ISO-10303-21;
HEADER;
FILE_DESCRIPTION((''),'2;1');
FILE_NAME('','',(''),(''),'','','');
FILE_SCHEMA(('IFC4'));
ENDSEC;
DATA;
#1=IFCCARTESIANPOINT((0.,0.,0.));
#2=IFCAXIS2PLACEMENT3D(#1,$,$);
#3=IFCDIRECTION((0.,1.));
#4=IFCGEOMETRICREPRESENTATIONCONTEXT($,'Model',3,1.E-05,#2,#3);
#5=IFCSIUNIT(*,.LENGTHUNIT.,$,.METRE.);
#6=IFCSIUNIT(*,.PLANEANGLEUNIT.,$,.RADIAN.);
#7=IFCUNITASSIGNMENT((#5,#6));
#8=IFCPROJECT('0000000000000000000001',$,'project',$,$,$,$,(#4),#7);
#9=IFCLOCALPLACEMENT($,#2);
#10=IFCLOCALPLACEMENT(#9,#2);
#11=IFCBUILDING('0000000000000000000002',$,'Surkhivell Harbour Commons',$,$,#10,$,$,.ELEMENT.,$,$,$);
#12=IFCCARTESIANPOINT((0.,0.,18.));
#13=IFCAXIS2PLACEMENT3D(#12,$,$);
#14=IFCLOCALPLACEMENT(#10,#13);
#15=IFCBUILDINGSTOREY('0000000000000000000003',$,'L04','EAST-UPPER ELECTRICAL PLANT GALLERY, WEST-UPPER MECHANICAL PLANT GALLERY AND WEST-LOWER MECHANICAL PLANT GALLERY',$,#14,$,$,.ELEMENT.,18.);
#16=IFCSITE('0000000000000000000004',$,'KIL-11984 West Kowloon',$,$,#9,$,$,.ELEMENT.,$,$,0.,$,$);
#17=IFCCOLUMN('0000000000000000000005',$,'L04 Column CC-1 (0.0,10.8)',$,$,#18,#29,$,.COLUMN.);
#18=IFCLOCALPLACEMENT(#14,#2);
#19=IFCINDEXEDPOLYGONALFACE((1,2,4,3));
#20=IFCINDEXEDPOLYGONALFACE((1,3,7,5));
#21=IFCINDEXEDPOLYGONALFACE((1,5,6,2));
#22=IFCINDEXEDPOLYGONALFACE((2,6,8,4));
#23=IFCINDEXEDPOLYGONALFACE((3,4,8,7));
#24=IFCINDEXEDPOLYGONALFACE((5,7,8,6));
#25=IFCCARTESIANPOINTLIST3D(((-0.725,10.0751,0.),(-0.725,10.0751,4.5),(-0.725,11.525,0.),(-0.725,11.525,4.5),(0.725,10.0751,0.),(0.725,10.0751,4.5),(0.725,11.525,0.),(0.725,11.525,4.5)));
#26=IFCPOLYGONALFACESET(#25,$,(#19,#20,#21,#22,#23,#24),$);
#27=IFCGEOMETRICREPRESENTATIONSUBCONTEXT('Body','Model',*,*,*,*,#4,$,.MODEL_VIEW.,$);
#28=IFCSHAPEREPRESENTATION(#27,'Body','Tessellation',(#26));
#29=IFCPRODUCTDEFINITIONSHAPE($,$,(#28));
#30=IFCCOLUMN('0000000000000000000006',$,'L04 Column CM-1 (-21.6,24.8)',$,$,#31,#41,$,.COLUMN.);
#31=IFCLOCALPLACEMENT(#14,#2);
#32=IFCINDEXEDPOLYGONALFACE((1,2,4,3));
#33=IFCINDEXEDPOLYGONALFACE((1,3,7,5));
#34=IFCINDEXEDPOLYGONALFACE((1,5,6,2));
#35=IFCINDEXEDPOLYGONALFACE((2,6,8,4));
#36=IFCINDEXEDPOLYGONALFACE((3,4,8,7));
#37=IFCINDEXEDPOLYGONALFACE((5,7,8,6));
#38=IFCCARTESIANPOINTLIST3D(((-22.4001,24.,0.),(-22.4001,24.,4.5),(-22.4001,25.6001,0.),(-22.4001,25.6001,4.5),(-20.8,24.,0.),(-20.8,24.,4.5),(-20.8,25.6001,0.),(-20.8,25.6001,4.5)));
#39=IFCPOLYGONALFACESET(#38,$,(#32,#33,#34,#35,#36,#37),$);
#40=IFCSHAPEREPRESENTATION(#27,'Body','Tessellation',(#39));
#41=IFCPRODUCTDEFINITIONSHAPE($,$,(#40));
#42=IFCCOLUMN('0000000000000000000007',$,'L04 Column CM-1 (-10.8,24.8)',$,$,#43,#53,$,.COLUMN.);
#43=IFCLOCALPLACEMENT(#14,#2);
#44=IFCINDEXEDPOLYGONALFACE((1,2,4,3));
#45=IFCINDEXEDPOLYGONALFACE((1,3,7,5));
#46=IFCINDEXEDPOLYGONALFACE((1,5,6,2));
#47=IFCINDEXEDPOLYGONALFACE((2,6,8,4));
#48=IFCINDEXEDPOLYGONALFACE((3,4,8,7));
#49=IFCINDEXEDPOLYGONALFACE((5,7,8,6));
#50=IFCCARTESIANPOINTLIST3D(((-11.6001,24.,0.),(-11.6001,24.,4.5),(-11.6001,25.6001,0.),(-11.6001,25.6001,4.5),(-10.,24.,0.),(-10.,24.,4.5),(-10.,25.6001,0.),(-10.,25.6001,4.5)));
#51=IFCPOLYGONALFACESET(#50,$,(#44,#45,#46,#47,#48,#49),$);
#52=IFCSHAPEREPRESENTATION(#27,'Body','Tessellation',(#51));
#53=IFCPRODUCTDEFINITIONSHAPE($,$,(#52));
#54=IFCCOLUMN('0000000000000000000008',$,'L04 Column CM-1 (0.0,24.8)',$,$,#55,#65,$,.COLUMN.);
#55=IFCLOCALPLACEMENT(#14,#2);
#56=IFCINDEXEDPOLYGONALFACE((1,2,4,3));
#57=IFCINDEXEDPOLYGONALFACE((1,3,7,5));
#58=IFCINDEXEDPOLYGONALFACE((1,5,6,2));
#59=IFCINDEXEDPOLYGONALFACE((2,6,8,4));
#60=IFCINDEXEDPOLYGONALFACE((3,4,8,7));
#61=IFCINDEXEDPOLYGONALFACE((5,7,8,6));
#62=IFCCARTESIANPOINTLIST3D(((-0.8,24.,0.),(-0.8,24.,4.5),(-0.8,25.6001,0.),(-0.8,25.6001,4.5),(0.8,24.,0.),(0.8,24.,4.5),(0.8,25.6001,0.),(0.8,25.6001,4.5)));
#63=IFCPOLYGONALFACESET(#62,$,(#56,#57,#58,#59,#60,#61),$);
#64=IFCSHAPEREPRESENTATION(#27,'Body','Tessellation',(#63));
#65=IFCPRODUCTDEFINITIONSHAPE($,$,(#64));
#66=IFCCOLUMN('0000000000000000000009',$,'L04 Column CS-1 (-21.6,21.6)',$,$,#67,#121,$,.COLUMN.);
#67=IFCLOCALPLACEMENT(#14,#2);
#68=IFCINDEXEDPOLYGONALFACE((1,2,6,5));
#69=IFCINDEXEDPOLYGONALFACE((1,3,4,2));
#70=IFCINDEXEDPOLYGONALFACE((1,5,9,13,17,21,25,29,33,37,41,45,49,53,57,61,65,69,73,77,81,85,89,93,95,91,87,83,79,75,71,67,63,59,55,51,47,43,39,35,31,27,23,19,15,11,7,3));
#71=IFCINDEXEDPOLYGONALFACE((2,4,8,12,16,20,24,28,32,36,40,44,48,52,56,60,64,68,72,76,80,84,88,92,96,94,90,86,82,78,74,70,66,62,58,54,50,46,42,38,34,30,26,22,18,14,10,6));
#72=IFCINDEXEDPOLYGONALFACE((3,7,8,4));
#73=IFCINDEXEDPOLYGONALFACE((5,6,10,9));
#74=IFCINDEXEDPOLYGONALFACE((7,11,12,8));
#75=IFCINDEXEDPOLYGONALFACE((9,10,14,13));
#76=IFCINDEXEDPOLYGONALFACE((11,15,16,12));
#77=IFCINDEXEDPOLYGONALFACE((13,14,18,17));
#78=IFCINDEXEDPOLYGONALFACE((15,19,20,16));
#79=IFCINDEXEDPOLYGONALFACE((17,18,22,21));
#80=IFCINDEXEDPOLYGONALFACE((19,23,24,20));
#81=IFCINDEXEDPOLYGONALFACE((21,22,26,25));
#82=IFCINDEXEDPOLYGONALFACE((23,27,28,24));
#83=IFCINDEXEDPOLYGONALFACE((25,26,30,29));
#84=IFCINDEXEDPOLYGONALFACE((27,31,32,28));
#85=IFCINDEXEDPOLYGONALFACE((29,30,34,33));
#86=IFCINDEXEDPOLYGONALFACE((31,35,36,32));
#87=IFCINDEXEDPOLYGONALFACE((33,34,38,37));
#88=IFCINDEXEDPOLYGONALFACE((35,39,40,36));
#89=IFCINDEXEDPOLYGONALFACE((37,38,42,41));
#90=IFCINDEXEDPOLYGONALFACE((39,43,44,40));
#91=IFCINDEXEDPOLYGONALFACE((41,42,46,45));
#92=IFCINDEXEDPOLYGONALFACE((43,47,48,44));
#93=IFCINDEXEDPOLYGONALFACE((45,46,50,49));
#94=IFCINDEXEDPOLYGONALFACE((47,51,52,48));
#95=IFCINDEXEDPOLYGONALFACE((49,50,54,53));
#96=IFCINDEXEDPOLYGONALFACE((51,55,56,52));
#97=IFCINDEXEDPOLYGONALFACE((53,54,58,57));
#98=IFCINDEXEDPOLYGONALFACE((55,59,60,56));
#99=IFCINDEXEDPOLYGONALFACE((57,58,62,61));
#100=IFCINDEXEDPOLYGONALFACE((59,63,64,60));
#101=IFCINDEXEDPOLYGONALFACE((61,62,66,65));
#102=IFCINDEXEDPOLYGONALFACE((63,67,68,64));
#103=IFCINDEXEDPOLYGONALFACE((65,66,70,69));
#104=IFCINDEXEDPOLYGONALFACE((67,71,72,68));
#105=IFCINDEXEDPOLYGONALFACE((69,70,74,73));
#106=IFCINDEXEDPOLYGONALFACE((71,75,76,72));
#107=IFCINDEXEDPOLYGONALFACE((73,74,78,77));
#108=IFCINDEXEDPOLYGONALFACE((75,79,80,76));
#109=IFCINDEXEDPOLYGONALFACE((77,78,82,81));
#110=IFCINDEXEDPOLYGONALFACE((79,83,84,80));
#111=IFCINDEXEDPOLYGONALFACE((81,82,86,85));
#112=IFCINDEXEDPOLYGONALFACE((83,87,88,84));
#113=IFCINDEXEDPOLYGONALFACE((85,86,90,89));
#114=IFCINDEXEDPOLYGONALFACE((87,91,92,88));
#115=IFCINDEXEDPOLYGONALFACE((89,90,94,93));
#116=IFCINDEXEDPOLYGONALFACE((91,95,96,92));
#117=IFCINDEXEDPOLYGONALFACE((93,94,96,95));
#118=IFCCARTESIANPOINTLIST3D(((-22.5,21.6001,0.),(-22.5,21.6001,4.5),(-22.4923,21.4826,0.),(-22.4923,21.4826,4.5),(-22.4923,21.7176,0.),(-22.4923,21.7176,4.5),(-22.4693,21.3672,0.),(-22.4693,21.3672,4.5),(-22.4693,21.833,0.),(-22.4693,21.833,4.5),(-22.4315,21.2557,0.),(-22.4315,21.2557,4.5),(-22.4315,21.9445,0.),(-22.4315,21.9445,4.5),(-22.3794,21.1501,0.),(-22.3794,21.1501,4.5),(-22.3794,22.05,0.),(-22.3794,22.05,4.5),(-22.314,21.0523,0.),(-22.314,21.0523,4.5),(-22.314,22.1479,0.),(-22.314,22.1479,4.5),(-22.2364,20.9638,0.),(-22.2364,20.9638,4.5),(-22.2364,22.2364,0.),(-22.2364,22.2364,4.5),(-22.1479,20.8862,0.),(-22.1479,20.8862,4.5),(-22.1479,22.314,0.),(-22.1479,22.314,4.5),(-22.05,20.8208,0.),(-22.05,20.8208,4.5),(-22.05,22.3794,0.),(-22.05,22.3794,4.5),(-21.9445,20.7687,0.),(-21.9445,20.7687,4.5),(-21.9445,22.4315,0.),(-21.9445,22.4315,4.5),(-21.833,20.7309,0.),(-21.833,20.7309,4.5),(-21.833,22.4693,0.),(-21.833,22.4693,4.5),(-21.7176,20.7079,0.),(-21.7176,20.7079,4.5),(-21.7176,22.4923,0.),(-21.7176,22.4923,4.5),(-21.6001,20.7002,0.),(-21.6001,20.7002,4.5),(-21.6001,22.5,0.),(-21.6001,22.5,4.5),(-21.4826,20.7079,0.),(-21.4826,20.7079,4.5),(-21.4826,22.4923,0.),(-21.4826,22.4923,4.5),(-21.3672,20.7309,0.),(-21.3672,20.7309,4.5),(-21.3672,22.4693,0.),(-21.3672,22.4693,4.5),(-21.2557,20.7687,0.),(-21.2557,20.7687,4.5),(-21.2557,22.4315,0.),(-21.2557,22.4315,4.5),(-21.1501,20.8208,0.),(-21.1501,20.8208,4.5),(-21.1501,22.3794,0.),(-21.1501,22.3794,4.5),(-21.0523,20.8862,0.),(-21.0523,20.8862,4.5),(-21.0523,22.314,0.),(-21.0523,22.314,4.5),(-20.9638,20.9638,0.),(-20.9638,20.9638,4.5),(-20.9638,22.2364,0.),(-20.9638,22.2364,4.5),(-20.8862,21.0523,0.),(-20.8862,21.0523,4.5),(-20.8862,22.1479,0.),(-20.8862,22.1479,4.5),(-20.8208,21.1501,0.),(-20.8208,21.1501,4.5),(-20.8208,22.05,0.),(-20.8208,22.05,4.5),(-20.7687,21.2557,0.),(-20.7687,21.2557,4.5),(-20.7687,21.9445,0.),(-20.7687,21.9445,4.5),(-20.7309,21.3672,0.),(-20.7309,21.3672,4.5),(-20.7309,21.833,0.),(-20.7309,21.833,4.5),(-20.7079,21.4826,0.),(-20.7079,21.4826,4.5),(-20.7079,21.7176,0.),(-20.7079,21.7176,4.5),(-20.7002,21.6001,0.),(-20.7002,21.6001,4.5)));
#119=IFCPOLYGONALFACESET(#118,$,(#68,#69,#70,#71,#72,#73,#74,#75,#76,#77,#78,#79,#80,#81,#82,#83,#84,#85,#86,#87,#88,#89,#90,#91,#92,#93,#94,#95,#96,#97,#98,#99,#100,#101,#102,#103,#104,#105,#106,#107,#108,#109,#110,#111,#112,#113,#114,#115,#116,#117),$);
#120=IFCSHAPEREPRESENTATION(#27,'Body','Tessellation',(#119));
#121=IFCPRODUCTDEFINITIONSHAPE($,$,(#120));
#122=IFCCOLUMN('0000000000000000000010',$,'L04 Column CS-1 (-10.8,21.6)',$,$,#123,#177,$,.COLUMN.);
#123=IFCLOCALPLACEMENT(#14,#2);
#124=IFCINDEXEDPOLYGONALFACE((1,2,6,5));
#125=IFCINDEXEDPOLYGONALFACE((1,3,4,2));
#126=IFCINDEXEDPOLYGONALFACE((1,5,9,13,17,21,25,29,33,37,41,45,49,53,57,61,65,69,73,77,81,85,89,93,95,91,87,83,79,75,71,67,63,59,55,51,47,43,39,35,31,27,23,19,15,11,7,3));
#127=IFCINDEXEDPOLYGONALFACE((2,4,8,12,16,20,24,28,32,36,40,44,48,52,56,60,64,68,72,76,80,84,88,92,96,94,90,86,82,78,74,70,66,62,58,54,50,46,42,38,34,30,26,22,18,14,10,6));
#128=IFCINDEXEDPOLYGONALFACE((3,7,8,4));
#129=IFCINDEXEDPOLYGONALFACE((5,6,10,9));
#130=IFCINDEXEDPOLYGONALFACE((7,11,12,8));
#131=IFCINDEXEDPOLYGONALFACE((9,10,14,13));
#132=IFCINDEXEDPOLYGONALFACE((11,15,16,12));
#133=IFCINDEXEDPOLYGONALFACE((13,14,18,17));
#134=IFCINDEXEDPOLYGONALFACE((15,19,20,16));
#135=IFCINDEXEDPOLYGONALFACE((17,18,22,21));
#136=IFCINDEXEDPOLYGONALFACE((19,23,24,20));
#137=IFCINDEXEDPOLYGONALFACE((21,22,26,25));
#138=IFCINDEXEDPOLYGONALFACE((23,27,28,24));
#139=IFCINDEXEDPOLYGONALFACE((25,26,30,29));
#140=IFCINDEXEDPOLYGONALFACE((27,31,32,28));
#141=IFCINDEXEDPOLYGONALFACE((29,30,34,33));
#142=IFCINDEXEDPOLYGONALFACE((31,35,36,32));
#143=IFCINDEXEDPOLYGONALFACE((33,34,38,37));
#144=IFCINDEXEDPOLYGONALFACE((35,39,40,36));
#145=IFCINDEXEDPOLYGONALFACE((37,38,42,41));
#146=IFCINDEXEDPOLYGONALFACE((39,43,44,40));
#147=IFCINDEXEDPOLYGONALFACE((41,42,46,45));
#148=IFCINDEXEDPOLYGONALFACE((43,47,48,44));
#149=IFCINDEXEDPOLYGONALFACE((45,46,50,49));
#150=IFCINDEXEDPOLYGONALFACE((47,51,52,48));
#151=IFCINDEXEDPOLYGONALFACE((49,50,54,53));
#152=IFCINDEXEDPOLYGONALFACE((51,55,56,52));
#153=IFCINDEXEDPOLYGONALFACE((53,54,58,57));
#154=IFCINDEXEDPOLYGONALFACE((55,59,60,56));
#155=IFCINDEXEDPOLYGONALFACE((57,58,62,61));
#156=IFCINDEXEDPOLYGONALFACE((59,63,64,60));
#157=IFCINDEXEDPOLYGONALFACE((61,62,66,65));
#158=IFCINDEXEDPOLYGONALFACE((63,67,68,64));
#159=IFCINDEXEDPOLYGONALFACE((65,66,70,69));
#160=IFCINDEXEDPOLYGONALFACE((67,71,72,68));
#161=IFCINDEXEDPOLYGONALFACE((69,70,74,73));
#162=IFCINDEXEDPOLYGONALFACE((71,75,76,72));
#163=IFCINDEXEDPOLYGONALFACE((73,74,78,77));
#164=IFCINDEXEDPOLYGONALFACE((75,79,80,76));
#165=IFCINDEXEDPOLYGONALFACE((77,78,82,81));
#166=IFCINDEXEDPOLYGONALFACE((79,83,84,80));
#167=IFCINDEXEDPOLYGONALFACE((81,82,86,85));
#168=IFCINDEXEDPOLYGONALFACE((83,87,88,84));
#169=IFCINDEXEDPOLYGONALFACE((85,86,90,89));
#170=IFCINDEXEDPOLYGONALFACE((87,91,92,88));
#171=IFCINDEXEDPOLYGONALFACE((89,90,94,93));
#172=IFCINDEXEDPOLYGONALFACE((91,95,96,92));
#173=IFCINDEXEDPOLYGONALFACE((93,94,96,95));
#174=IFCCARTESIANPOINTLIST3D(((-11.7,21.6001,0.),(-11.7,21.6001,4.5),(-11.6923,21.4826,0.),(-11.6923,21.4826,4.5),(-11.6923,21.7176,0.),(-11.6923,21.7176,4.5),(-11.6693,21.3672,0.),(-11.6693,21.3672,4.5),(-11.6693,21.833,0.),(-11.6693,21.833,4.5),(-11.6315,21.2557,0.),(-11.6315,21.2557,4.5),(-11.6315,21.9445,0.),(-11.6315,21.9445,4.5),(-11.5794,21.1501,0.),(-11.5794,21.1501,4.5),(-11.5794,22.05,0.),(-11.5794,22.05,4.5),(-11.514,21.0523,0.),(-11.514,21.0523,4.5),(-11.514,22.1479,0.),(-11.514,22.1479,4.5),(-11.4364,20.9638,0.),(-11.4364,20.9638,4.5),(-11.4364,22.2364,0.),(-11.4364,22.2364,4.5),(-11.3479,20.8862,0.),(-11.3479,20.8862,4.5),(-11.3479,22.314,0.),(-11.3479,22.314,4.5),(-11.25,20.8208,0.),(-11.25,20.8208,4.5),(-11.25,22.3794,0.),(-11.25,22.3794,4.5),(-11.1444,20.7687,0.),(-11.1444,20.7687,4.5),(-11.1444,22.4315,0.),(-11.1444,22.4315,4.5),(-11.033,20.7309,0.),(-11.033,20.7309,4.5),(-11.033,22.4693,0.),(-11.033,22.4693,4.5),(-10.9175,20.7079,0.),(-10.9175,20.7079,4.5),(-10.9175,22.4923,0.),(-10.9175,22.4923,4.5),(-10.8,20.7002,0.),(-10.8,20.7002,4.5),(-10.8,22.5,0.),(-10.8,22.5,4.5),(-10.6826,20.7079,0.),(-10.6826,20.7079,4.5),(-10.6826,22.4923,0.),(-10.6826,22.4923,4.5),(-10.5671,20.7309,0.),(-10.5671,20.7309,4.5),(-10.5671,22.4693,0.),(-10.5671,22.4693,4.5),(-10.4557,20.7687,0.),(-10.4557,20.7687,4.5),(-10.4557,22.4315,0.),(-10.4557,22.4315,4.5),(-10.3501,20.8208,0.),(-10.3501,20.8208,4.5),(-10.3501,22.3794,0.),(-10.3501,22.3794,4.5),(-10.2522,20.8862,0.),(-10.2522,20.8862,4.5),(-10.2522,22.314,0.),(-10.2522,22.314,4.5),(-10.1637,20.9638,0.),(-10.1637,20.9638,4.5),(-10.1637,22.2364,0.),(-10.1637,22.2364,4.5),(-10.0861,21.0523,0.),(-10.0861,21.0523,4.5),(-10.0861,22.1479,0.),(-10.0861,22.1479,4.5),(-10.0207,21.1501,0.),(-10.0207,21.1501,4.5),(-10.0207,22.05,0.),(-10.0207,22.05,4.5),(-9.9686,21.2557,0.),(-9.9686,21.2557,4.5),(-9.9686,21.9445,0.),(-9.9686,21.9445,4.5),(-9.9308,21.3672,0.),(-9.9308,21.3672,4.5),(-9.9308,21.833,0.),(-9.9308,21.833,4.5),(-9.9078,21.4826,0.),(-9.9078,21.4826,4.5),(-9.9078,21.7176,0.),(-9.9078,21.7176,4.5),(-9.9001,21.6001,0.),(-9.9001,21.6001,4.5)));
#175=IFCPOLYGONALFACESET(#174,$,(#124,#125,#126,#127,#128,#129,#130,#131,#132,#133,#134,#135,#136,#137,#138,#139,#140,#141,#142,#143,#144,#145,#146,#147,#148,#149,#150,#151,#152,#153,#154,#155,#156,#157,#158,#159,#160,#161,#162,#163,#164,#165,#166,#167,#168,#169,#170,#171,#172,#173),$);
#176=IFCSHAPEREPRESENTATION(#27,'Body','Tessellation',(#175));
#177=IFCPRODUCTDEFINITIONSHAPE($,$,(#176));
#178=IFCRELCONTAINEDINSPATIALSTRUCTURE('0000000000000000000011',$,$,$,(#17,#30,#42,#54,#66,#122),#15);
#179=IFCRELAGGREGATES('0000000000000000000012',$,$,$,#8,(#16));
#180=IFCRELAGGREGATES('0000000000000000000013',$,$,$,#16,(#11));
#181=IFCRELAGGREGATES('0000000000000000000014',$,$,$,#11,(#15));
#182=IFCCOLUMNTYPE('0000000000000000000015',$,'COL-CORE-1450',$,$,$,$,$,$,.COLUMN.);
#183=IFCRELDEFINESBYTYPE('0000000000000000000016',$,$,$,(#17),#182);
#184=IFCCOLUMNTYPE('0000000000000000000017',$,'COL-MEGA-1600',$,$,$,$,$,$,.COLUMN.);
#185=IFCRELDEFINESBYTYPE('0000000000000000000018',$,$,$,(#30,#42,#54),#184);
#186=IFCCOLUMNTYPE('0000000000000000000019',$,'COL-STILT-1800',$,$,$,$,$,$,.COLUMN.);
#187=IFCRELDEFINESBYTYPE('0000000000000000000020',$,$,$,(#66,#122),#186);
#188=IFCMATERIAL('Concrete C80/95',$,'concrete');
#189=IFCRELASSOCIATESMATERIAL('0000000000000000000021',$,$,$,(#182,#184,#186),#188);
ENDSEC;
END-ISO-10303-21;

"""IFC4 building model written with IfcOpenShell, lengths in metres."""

from ifc_helpers import new_model, si_unit, direction, frame, origin, origin_2d, place, context, subcontext, project, spatial, rectangle, circle, extrude, material, material_profile, profile_set, type_object, element, save


model = new_model("IFC4")

# Units and contexts
model_context = context("Model", 3, precision=1e-05, world=origin(), true_north=direction((0.0, 1.0)))
body_context = subcontext(model_context, "Body", "Model", "MODEL_VIEW")
ifc_project = project(units=[si_unit("LENGTHUNIT", "METRE"), si_unit("PLANEANGLEUNIT", "RADIAN")], contexts=[model_context])

# Site, building, storey
site_placement = place(None, origin())
site = spatial("IfcSite", under=ifc_project, at=site_placement, Name="KIL-11984 West Kowloon", CompositionType="ELEMENT", RefElevation=0.0)
building_placement = place(site_placement, origin())
building = spatial("IfcBuilding", under=site, at=building_placement, Name="Surkhivell Harbour Commons", CompositionType="ELEMENT")
storey_placement = place(building_placement, frame((0.0, 0.0, 18.0)))
storey = spatial("IfcBuildingStorey", under=building, at=storey_placement, Name="L04", Description="EAST-UPPER ELECTRICAL PLANT GALLERY, WEST-UPPER MECHANICAL PLANT GALLERY AND WEST-LOWER MECHANICAL PLANT GALLERY", CompositionType="ELEMENT", Elevation=18.0)

# Columns
ifc_material_1 = material(Name="Concrete C80/95", Category="concrete")
ifc_material_profile_1 = material_profile(ifc_material_1, rectangle(XDim=1.45, YDim=1.45, at=origin_2d()), Name="RC-COL-1450x1450")
ifc_profile_set_1 = profile_set([ifc_material_profile_1], Name="Concrete C80/95")
column_type_1 = type_object("IfcColumnType", Name="COL-CORE-1450", PredefinedType="COLUMN", material=ifc_profile_set_1)
column_placement = place(storey_placement, frame((0.0, 10.8, 0.0), z_axis=(0.0, 0.0, 1.0), x_axis=(1.0, 0.0, 0.0)))
element("IfcColumn", 1, at=column_placement, inside=storey, type_object=column_type_1, Name="L04 Column CC-1 (0.0,10.8)", PredefinedType="COLUMN", context=body_context, shape_type="SweptSolid", body=[
    extrude(rectangle(XDim=1.45, YDim=1.45, at=origin_2d()), origin(), (0.0, 0.0, 1.0), 4.5),
])
ifc_material_profile_2 = material_profile(ifc_material_1, rectangle(XDim=1.6001, YDim=1.6001, at=origin_2d()), Name="RC-COL-1600x1600")
ifc_profile_set_2 = profile_set([ifc_material_profile_2], Name="Concrete C80/95")
column_type_2 = type_object("IfcColumnType", Name="COL-MEGA-1600", PredefinedType="COLUMN", material=ifc_profile_set_2)
for number, where, z_axis, x_axis, name in (
    (2, (-21.6001, 24.8, 0.0), (0.0, 0.0, 1.0), (1.0, 0.0, 0.0), "L04 Column CM-1 (-21.6,24.8)"),
    (3, (-10.8, 24.8, 0.0), (0.0, 0.0, 1.0), (1.0, 0.0, 0.0), "L04 Column CM-1 (-10.8,24.8)"),
    (4, (0.0, 24.8, 0.0), (0.0, 0.0, 1.0), (1.0, 0.0, 0.0), "L04 Column CM-1 (0.0,24.8)"),
):
    element("IfcColumn", number, at=place(storey_placement, frame(where, z_axis=z_axis, x_axis=x_axis)), inside=storey, type_object=column_type_2, Name=name, PredefinedType="COLUMN", context=body_context, shape_type="SweptSolid", body=[
        extrude(rectangle(XDim=1.6001, YDim=1.6001, at=origin_2d()), origin(), (0.0, 0.0, 1.0), 4.5),
    ])
ifc_material_profile_3 = material_profile(ifc_material_1, circle(Radius=0.8999, at=origin_2d()), Name="RC-CIRC-1800")
ifc_profile_set_3 = profile_set([ifc_material_profile_3], Name="Concrete C80/95")
column_type_3 = type_object("IfcColumnType", Name="COL-STILT-1800", PredefinedType="COLUMN", material=ifc_profile_set_3)
for number, where, z_axis, x_axis, name in (
    (5, (-21.6001, 21.6001, 0.0), (0.0, 0.0, 1.0), (1.0, 0.0, 0.0), "L04 Column CS-1 (-21.6,21.6)"),
    (6, (-10.8, 21.6001, 0.0), (0.0, 0.0, 1.0), (1.0, 0.0, 0.0), "L04 Column CS-1 (-10.8,21.6)"),
):
    element("IfcColumn", number, at=place(storey_placement, frame(where, z_axis=z_axis, x_axis=x_axis)), inside=storey, type_object=column_type_3, Name=name, PredefinedType="COLUMN", context=body_context, shape_type="SweptSolid", body=[
        extrude(circle(Radius=0.8999, at=origin_2d()), origin(), (0.0, 0.0, 1.0), 4.5),
    ])

save(model, "model.ifc")
